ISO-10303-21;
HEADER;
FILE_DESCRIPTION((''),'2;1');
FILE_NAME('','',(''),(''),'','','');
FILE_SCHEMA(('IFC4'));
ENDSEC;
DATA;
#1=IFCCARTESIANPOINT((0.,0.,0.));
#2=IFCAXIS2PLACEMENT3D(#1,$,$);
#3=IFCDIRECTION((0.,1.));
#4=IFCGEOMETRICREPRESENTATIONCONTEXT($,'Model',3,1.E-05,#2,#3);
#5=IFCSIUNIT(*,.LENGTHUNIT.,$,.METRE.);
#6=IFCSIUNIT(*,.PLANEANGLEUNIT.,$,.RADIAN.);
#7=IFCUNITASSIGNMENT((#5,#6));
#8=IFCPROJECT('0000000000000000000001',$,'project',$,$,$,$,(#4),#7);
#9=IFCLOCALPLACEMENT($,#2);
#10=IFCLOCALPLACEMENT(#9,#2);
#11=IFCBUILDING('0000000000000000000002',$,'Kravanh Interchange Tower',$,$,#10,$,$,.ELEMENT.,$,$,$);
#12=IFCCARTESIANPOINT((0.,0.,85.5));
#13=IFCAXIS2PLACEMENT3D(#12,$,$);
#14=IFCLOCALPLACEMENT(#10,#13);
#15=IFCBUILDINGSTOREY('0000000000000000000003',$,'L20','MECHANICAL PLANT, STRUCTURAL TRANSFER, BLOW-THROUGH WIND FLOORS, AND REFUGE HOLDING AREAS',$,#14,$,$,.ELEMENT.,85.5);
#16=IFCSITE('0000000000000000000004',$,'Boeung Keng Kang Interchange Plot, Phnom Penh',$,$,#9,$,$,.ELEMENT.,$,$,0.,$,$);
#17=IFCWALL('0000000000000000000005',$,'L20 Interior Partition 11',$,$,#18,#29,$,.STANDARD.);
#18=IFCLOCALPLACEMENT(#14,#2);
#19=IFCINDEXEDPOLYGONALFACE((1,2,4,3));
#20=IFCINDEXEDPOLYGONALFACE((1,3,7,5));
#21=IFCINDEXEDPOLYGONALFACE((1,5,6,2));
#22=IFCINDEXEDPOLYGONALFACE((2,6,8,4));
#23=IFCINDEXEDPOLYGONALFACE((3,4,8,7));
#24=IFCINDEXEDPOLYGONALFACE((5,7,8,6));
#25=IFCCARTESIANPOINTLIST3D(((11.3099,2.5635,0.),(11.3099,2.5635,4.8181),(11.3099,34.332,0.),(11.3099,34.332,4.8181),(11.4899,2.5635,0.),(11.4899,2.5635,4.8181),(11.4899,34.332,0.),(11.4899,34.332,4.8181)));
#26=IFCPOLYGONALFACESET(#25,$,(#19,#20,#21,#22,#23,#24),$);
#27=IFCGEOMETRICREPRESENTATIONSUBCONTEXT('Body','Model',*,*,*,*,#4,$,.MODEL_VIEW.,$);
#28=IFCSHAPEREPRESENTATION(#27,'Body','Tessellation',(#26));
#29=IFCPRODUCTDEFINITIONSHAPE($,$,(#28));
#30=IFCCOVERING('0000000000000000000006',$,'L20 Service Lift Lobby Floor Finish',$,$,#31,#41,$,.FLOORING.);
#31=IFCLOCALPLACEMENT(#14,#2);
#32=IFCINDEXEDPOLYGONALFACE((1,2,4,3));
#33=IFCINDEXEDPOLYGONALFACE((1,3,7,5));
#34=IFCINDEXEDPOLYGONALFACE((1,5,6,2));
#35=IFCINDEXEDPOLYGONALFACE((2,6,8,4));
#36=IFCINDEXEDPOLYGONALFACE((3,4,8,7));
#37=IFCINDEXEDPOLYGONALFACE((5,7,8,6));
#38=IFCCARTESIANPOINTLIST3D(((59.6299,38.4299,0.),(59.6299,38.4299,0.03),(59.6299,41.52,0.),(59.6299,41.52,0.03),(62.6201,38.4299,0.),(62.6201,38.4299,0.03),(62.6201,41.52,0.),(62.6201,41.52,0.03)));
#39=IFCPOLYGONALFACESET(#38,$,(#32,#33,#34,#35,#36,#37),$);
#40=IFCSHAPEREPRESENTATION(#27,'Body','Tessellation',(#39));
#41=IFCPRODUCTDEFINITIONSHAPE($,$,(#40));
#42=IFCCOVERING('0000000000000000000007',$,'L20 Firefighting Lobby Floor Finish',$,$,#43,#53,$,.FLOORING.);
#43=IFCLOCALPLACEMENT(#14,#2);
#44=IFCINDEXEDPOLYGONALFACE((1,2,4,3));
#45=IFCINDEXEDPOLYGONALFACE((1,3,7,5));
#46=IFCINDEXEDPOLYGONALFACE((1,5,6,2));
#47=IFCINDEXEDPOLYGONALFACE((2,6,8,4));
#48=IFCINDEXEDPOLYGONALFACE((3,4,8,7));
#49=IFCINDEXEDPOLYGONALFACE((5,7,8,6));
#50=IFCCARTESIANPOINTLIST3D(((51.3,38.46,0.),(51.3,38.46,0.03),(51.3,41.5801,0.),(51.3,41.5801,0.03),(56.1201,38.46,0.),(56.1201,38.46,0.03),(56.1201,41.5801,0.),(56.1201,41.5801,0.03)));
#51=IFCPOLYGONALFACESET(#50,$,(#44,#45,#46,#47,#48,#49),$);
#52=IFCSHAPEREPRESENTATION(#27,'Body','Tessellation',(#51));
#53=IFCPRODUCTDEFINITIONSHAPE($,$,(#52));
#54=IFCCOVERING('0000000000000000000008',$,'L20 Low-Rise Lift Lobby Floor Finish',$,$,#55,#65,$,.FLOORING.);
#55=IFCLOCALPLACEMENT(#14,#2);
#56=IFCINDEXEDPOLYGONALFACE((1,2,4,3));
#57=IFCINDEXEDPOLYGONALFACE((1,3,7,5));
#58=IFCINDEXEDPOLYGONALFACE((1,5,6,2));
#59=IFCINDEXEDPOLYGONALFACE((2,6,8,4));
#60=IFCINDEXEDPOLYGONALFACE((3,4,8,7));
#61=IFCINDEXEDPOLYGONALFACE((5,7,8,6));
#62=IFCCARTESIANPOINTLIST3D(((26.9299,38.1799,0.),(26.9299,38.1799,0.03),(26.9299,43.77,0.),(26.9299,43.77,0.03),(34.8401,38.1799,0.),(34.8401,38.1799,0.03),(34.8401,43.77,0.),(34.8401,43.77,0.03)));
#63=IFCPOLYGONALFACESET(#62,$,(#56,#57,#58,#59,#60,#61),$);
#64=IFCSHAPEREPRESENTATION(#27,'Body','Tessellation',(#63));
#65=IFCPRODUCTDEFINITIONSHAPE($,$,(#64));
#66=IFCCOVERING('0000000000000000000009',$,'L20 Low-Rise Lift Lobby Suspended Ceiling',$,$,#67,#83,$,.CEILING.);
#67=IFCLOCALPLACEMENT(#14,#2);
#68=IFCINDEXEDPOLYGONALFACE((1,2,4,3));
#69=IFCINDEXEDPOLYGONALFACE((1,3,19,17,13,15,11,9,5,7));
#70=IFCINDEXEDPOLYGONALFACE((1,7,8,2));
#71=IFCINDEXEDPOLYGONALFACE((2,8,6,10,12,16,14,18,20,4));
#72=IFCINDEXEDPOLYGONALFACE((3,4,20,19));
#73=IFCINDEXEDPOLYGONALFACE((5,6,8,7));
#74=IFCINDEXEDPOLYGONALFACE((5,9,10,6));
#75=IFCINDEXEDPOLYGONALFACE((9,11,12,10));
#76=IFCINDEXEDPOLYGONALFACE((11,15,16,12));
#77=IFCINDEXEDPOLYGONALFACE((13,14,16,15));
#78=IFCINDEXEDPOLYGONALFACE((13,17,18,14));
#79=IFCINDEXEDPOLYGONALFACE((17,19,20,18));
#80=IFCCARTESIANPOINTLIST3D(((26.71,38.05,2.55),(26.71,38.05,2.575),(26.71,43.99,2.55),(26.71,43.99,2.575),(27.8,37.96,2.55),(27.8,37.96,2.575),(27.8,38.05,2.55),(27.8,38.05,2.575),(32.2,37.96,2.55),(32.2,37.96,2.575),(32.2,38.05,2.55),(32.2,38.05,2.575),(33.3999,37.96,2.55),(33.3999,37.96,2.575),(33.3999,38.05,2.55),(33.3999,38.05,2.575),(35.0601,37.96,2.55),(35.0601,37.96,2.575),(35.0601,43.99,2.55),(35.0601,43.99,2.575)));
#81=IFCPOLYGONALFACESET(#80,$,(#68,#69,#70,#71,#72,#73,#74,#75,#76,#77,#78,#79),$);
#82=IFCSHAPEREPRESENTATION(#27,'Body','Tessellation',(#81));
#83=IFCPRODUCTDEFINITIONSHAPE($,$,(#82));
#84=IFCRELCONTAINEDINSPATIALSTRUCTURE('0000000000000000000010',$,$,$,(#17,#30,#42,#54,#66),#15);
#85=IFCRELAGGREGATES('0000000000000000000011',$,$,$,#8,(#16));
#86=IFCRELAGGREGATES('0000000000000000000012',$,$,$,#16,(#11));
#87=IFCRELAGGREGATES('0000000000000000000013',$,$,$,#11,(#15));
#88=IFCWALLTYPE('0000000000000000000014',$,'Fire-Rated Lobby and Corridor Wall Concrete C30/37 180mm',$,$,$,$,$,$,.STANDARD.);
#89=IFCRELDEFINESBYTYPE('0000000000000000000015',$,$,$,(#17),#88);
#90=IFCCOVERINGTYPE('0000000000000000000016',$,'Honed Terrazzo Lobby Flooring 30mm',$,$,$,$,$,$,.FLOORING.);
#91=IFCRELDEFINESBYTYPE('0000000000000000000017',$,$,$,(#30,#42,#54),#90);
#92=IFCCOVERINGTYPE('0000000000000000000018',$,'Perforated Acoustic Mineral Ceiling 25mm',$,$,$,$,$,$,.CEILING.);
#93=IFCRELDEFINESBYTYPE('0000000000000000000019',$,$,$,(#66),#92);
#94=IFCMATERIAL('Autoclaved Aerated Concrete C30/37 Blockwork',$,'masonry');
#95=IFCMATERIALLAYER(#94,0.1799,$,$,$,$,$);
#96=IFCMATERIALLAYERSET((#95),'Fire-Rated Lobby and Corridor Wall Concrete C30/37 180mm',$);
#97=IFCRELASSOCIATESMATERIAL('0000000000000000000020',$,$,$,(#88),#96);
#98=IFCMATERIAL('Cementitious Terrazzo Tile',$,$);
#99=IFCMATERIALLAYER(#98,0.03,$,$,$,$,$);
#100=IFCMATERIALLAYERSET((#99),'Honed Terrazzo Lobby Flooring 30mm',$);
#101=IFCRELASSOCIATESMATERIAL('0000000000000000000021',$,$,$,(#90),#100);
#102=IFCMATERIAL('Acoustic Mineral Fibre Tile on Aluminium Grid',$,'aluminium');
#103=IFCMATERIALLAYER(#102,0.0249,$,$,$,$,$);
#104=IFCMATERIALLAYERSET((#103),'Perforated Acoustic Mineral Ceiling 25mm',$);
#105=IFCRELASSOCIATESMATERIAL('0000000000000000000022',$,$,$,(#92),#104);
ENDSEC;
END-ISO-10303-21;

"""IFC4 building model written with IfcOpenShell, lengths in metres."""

from ifc_helpers import new_model, si_unit, direction, frame, frame_2d, origin, place, context, subcontext, project, spatial, polyline, rectangle, outline, extrude, material, layer, layer_set, type_object, element, save


model = new_model("IFC4")

# Units and contexts
model_context = context("Model", 3, precision=1e-05, world=origin(), true_north=direction((0.0, 1.0)))
body_context = subcontext(model_context, "Body", "Model", "MODEL_VIEW")
ifc_project = project(units=[si_unit("LENGTHUNIT", "METRE"), si_unit("PLANEANGLEUNIT", "RADIAN")], contexts=[model_context])

# Site, building, storey
site_placement = place(None, origin())
site = spatial("IfcSite", under=ifc_project, at=site_placement, Name="Boeung Keng Kang Interchange Plot, Phnom Penh", CompositionType="ELEMENT", RefElevation=0.0)
building_placement = place(site_placement, origin())
building = spatial("IfcBuilding", under=site, at=building_placement, Name="Kravanh Interchange Tower", CompositionType="ELEMENT")
storey_placement = place(building_placement, frame((0.0, 0.0, 85.5)))
storey = spatial("IfcBuildingStorey", under=building, at=storey_placement, Name="L20", Description="MECHANICAL PLANT, STRUCTURAL TRANSFER, BLOW-THROUGH WIND FLOORS, AND REFUGE HOLDING AREAS", CompositionType="ELEMENT", Elevation=85.5)

# Wall
ifc_material_1 = material(Name="Autoclaved Aerated Concrete C30/37 Blockwork", Category="masonry")
ifc_layer_1 = layer(ifc_material_1, 0.1799)
ifc_layer_set_1 = layer_set([ifc_layer_1], Name="Fire-Rated Lobby and Corridor Wall Concrete C30/37 180mm")
wall_type = type_object("IfcWallType", Name="Fire-Rated Lobby and Corridor Wall Concrete C30/37 180mm", PredefinedType="STANDARD", material=ifc_layer_set_1)
wall_placement = place(storey_placement, frame((11.3999, 2.5635, 0.0), z_axis=(0.0, 0.0, 1.0), x_axis=(0.0, 1.0, 0.0)))
element("IfcWall", 1, at=wall_placement, inside=storey, type_object=wall_type, Name="L20 Interior Partition 11", PredefinedType="STANDARD", context=body_context, shape_type="SweptSolid", body=[
    extrude(rectangle(XDim=31.7686, YDim=0.1799, at=frame_2d((15.8843, 0.0))), origin(), (0.0, 0.0, 1.0), 4.8181),
])

# Coverings
ifc_material_2 = material(Name="Cementitious Terrazzo Tile")
ifc_layer_2 = layer(ifc_material_2, 0.03)
ifc_layer_set_2 = layer_set([ifc_layer_2], Name="Honed Terrazzo Lobby Flooring 30mm")
covering_type_1 = type_object("IfcCoveringType", Name="Honed Terrazzo Lobby Flooring 30mm", PredefinedType="FLOORING", material=ifc_layer_set_2)
covering_1_placement = place(storey_placement, origin())
element("IfcCovering", 2, at=covering_1_placement, inside=storey, type_object=covering_type_1, Name="L20 Service Lift Lobby Floor Finish", PredefinedType="FLOORING", context=body_context, shape_type="SweptSolid", body=[
    extrude(outline(polyline([(59.6299, 41.52), (62.6201, 41.52), (62.6201, 38.4299), (59.6299, 38.4299), (59.6299, 41.52)])), origin(), (0.0, 0.0, 1.0), 0.03),
])
covering_2_placement = place(storey_placement, origin())
element("IfcCovering", 3, at=covering_2_placement, inside=storey, type_object=covering_type_1, Name="L20 Firefighting Lobby Floor Finish", PredefinedType="FLOORING", context=body_context, shape_type="SweptSolid", body=[
    extrude(outline(polyline([(56.1201, 38.46), (51.3, 38.46), (51.3, 41.5801), (56.1201, 41.5801), (56.1201, 38.46)])), origin(), (0.0, 0.0, 1.0), 0.03),
])
covering_3_placement = place(storey_placement, origin())
element("IfcCovering", 4, at=covering_3_placement, inside=storey, type_object=covering_type_1, Name="L20 Low-Rise Lift Lobby Floor Finish", PredefinedType="FLOORING", context=body_context, shape_type="SweptSolid", body=[
    extrude(outline(polyline([(26.9299, 43.77), (34.8401, 43.77), (34.8401, 38.1799), (26.9299, 38.1799), (26.9299, 43.77)])), origin(), (0.0, 0.0, 1.0), 0.03),
])
ifc_material_3 = material(Name="Acoustic Mineral Fibre Tile on Aluminium Grid", Category="aluminium")
ifc_layer_3 = layer(ifc_material_3, 0.0249)
ifc_layer_set_3 = layer_set([ifc_layer_3], Name="Perforated Acoustic Mineral Ceiling 25mm")
covering_type_2 = type_object("IfcCoveringType", Name="Perforated Acoustic Mineral Ceiling 25mm", PredefinedType="CEILING", material=ifc_layer_set_3)
covering_4_placement = place(storey_placement, frame((0.0, 0.0, 2.55)))
element("IfcCovering", 5, at=covering_4_placement, inside=storey, type_object=covering_type_2, Name="L20 Low-Rise Lift Lobby Suspended Ceiling", PredefinedType="CEILING", context=body_context, shape_type="SweptSolid", body=[
    extrude(outline(polyline([(35.0601, 37.96), (33.3999, 37.96), (33.3999, 38.05), (32.2, 38.05), (32.2, 37.96), (27.8, 37.96), (27.8, 38.05), (26.71, 38.05), (26.71, 43.99), (35.0601, 43.99), (35.0601, 37.96)])), origin(), (0.0, 0.0, 1.0), 0.0249),
])

save(model, "model.ifc")
